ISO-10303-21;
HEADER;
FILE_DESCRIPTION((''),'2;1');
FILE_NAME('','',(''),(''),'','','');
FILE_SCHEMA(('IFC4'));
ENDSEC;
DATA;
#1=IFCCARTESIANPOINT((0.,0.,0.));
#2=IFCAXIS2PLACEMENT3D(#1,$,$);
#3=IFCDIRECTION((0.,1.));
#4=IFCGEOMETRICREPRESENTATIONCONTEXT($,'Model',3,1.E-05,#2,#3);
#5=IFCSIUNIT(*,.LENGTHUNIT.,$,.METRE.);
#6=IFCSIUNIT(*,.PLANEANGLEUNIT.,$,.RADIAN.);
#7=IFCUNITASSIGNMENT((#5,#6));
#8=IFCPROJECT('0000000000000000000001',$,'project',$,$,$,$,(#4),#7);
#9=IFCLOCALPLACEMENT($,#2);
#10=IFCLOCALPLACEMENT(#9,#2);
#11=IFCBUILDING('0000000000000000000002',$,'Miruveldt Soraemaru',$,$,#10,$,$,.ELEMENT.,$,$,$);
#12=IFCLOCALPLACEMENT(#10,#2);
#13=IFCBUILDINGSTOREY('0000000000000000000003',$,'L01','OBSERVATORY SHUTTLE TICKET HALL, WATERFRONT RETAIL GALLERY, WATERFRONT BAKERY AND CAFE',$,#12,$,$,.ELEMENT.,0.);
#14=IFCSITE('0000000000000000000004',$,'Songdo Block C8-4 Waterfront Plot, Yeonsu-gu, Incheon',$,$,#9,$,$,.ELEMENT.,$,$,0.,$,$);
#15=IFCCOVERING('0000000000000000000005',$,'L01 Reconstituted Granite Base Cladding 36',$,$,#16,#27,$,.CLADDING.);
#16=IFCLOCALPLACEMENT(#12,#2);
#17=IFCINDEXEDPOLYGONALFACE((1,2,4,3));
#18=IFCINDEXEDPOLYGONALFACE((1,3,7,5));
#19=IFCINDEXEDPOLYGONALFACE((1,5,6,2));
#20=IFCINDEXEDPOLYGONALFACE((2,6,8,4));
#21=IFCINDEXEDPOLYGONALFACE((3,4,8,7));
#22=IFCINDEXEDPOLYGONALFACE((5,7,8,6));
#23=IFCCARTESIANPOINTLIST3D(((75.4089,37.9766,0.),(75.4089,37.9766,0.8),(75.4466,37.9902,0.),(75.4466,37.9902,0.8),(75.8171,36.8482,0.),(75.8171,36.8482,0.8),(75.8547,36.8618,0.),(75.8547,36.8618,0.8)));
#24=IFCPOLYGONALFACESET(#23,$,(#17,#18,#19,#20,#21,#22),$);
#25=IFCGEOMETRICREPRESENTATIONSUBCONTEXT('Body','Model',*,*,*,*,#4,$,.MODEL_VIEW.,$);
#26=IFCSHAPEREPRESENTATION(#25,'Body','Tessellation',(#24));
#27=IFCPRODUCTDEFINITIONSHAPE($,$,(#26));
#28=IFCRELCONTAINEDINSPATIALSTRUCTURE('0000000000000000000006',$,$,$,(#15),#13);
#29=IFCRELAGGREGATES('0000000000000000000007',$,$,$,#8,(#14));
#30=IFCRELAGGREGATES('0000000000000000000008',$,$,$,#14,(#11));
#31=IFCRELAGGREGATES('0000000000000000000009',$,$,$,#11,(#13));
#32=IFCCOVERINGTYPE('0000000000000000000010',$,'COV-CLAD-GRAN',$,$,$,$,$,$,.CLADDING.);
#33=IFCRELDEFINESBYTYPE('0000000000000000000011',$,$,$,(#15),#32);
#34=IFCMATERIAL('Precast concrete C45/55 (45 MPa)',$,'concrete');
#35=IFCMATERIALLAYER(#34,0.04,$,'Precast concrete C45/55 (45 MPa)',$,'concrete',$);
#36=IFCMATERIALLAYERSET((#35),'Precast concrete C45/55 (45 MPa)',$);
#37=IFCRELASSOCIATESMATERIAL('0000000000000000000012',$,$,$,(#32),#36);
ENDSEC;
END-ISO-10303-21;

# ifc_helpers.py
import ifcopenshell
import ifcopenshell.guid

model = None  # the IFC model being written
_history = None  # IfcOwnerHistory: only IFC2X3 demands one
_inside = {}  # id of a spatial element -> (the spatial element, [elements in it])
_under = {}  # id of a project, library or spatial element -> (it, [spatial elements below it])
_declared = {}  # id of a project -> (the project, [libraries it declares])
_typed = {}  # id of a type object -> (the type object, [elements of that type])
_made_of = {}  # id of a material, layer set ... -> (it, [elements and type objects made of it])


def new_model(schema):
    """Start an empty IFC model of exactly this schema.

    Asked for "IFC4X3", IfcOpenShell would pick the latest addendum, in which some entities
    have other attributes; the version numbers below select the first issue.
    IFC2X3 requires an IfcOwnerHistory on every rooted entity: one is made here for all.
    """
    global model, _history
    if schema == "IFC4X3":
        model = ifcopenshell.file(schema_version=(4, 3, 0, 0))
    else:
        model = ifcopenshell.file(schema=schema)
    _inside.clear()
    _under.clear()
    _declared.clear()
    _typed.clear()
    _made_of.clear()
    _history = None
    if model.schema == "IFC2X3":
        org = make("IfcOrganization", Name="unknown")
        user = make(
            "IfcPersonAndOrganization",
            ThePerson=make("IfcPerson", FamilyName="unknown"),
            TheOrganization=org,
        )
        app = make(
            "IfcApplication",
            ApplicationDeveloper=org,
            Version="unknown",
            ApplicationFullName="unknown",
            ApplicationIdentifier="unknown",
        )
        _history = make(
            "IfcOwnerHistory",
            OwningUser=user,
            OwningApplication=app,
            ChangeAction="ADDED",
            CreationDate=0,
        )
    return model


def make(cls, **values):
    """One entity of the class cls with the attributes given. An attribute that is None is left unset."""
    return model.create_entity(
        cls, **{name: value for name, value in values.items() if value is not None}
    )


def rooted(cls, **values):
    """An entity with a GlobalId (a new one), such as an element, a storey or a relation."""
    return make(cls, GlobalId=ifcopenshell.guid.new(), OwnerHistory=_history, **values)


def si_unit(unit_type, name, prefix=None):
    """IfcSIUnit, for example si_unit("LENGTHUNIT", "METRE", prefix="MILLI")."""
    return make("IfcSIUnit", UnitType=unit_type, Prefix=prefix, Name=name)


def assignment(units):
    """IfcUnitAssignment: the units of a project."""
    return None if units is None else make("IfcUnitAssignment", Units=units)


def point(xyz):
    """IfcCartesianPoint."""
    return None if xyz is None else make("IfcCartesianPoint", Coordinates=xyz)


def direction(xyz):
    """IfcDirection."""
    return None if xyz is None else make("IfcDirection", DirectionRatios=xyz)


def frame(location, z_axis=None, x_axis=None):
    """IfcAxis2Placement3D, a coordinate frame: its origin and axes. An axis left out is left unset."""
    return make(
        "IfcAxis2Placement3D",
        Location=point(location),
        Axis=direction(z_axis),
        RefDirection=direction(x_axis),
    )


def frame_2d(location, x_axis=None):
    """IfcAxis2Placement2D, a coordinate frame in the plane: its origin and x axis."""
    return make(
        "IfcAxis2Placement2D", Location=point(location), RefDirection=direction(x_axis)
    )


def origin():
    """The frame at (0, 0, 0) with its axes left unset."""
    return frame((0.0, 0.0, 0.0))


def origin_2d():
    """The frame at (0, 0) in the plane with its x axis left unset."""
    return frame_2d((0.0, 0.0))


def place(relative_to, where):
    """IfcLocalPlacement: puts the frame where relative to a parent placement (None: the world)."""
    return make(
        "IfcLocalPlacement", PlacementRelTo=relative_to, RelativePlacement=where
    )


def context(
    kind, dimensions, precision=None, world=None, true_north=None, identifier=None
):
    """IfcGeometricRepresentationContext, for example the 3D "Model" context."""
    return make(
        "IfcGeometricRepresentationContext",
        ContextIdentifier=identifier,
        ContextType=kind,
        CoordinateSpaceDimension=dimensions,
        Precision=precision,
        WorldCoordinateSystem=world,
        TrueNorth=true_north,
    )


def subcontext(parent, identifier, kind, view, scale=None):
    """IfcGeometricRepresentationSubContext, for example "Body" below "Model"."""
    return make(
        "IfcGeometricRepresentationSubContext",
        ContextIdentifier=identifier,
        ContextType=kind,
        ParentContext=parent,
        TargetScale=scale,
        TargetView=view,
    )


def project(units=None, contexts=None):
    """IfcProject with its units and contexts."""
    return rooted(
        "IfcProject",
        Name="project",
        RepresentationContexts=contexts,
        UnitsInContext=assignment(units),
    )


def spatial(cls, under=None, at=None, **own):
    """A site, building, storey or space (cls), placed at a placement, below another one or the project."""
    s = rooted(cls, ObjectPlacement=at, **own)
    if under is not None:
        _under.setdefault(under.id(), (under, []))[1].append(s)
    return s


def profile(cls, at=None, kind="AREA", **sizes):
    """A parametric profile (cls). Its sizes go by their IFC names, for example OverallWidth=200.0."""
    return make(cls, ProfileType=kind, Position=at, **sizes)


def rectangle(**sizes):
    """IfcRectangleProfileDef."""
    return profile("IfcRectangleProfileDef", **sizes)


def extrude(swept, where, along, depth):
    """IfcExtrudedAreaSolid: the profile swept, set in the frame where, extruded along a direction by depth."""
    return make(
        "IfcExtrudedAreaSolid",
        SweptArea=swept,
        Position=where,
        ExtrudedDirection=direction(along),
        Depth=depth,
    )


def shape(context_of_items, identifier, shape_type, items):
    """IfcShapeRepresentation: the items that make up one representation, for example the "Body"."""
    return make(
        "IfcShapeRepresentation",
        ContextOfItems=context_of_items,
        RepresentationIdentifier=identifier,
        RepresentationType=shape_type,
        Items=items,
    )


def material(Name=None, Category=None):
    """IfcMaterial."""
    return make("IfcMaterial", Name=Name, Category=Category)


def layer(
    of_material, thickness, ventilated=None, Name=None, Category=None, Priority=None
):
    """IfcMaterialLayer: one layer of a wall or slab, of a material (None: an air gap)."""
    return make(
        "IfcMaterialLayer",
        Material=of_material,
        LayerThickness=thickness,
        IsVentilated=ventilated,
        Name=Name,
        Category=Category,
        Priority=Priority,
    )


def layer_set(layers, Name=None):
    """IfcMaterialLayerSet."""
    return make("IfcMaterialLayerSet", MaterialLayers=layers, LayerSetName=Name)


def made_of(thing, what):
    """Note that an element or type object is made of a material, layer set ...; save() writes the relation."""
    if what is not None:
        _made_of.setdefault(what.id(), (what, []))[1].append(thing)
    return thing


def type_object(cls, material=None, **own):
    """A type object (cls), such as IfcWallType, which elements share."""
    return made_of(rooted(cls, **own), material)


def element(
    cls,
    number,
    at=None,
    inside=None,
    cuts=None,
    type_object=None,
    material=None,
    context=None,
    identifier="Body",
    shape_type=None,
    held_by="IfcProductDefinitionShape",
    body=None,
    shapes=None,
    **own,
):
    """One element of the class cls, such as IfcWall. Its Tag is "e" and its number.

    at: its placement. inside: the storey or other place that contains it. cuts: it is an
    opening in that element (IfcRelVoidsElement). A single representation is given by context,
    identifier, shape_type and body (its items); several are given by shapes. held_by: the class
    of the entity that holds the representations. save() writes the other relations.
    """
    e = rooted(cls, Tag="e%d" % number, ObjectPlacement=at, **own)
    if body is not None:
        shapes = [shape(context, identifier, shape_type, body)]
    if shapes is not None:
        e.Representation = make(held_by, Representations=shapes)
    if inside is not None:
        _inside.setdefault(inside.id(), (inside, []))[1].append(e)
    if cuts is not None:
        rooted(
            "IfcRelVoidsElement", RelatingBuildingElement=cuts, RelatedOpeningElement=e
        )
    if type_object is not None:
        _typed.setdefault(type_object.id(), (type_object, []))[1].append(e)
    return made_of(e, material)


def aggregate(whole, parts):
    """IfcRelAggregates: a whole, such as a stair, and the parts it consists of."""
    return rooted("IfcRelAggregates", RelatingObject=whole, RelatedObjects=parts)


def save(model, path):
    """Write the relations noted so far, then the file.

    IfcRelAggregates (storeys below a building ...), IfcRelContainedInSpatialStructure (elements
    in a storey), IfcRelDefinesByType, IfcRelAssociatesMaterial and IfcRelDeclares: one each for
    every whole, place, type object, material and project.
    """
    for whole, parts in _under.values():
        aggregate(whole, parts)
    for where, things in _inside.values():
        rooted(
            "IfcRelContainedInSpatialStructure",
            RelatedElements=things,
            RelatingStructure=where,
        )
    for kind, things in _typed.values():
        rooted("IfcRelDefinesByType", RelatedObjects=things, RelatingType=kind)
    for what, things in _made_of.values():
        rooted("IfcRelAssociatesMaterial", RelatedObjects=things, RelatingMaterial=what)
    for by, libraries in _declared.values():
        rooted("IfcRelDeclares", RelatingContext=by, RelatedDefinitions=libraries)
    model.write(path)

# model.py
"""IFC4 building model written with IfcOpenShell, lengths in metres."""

from ifc_helpers import new_model, si_unit, direction, frame, origin, origin_2d, place, context, subcontext, project, spatial, rectangle, extrude, material, layer, layer_set, type_object, element, save


model = new_model("IFC4")

# Units and contexts
model_context = context("Model", 3, precision=1e-05, world=origin(), true_north=direction((0.0, 1.0)))
body_context = subcontext(model_context, "Body", "Model", "MODEL_VIEW")
ifc_project = project(units=[si_unit("LENGTHUNIT", "METRE"), si_unit("PLANEANGLEUNIT", "RADIAN")], contexts=[model_context])

# Site, building, storey
site_placement = place(None, origin())
site = spatial("IfcSite", under=ifc_project, at=site_placement, Name="Songdo Block C8-4 Waterfront Plot, Yeonsu-gu, Incheon", CompositionType="ELEMENT", RefElevation=0.0)
building_placement = place(site_placement, origin())
building = spatial("IfcBuilding", under=site, at=building_placement, Name="Miruveldt Soraemaru", CompositionType="ELEMENT")
storey_placement = place(building_placement, origin())
storey = spatial("IfcBuildingStorey", under=building, at=storey_placement, Name="L01", Description="OBSERVATORY SHUTTLE TICKET HALL, WATERFRONT RETAIL GALLERY, WATERFRONT BAKERY AND CAFE", CompositionType="ELEMENT", Elevation=0.0)

# Shared definitions
ifc_material_1 = material(Name="Precast concrete C45/55 (45 MPa)", Category="concrete")

# Covering
ifc_layer_1 = layer(ifc_material_1, 0.04, Name="Precast concrete C45/55 (45 MPa)", Category="concrete")
ifc_layer_set_1 = layer_set([ifc_layer_1], Name="Precast concrete C45/55 (45 MPa)")
covering_type = type_object("IfcCoveringType", Name="COV-CLAD-GRAN", PredefinedType="CLADDING", material=ifc_layer_set_1)
covering_placement = place(storey_placement, frame((75.6318, 37.4192, 0.0), z_axis=(0.0, 0.0, 1.0), x_axis=(-0.340117, 0.940383, 0.0)))
element("IfcCovering", 1, at=covering_placement, inside=storey, type_object=covering_type, Name="L01 Reconstituted Granite Base Cladding 36", PredefinedType="CLADDING", context=body_context, shape_type="SweptSolid", body=[
    extrude(rectangle(XDim=1.2, YDim=0.04, at=origin_2d()), origin(), (0.0, 0.0, 1.0), 0.8),
])

save(model, "model.ifc")
